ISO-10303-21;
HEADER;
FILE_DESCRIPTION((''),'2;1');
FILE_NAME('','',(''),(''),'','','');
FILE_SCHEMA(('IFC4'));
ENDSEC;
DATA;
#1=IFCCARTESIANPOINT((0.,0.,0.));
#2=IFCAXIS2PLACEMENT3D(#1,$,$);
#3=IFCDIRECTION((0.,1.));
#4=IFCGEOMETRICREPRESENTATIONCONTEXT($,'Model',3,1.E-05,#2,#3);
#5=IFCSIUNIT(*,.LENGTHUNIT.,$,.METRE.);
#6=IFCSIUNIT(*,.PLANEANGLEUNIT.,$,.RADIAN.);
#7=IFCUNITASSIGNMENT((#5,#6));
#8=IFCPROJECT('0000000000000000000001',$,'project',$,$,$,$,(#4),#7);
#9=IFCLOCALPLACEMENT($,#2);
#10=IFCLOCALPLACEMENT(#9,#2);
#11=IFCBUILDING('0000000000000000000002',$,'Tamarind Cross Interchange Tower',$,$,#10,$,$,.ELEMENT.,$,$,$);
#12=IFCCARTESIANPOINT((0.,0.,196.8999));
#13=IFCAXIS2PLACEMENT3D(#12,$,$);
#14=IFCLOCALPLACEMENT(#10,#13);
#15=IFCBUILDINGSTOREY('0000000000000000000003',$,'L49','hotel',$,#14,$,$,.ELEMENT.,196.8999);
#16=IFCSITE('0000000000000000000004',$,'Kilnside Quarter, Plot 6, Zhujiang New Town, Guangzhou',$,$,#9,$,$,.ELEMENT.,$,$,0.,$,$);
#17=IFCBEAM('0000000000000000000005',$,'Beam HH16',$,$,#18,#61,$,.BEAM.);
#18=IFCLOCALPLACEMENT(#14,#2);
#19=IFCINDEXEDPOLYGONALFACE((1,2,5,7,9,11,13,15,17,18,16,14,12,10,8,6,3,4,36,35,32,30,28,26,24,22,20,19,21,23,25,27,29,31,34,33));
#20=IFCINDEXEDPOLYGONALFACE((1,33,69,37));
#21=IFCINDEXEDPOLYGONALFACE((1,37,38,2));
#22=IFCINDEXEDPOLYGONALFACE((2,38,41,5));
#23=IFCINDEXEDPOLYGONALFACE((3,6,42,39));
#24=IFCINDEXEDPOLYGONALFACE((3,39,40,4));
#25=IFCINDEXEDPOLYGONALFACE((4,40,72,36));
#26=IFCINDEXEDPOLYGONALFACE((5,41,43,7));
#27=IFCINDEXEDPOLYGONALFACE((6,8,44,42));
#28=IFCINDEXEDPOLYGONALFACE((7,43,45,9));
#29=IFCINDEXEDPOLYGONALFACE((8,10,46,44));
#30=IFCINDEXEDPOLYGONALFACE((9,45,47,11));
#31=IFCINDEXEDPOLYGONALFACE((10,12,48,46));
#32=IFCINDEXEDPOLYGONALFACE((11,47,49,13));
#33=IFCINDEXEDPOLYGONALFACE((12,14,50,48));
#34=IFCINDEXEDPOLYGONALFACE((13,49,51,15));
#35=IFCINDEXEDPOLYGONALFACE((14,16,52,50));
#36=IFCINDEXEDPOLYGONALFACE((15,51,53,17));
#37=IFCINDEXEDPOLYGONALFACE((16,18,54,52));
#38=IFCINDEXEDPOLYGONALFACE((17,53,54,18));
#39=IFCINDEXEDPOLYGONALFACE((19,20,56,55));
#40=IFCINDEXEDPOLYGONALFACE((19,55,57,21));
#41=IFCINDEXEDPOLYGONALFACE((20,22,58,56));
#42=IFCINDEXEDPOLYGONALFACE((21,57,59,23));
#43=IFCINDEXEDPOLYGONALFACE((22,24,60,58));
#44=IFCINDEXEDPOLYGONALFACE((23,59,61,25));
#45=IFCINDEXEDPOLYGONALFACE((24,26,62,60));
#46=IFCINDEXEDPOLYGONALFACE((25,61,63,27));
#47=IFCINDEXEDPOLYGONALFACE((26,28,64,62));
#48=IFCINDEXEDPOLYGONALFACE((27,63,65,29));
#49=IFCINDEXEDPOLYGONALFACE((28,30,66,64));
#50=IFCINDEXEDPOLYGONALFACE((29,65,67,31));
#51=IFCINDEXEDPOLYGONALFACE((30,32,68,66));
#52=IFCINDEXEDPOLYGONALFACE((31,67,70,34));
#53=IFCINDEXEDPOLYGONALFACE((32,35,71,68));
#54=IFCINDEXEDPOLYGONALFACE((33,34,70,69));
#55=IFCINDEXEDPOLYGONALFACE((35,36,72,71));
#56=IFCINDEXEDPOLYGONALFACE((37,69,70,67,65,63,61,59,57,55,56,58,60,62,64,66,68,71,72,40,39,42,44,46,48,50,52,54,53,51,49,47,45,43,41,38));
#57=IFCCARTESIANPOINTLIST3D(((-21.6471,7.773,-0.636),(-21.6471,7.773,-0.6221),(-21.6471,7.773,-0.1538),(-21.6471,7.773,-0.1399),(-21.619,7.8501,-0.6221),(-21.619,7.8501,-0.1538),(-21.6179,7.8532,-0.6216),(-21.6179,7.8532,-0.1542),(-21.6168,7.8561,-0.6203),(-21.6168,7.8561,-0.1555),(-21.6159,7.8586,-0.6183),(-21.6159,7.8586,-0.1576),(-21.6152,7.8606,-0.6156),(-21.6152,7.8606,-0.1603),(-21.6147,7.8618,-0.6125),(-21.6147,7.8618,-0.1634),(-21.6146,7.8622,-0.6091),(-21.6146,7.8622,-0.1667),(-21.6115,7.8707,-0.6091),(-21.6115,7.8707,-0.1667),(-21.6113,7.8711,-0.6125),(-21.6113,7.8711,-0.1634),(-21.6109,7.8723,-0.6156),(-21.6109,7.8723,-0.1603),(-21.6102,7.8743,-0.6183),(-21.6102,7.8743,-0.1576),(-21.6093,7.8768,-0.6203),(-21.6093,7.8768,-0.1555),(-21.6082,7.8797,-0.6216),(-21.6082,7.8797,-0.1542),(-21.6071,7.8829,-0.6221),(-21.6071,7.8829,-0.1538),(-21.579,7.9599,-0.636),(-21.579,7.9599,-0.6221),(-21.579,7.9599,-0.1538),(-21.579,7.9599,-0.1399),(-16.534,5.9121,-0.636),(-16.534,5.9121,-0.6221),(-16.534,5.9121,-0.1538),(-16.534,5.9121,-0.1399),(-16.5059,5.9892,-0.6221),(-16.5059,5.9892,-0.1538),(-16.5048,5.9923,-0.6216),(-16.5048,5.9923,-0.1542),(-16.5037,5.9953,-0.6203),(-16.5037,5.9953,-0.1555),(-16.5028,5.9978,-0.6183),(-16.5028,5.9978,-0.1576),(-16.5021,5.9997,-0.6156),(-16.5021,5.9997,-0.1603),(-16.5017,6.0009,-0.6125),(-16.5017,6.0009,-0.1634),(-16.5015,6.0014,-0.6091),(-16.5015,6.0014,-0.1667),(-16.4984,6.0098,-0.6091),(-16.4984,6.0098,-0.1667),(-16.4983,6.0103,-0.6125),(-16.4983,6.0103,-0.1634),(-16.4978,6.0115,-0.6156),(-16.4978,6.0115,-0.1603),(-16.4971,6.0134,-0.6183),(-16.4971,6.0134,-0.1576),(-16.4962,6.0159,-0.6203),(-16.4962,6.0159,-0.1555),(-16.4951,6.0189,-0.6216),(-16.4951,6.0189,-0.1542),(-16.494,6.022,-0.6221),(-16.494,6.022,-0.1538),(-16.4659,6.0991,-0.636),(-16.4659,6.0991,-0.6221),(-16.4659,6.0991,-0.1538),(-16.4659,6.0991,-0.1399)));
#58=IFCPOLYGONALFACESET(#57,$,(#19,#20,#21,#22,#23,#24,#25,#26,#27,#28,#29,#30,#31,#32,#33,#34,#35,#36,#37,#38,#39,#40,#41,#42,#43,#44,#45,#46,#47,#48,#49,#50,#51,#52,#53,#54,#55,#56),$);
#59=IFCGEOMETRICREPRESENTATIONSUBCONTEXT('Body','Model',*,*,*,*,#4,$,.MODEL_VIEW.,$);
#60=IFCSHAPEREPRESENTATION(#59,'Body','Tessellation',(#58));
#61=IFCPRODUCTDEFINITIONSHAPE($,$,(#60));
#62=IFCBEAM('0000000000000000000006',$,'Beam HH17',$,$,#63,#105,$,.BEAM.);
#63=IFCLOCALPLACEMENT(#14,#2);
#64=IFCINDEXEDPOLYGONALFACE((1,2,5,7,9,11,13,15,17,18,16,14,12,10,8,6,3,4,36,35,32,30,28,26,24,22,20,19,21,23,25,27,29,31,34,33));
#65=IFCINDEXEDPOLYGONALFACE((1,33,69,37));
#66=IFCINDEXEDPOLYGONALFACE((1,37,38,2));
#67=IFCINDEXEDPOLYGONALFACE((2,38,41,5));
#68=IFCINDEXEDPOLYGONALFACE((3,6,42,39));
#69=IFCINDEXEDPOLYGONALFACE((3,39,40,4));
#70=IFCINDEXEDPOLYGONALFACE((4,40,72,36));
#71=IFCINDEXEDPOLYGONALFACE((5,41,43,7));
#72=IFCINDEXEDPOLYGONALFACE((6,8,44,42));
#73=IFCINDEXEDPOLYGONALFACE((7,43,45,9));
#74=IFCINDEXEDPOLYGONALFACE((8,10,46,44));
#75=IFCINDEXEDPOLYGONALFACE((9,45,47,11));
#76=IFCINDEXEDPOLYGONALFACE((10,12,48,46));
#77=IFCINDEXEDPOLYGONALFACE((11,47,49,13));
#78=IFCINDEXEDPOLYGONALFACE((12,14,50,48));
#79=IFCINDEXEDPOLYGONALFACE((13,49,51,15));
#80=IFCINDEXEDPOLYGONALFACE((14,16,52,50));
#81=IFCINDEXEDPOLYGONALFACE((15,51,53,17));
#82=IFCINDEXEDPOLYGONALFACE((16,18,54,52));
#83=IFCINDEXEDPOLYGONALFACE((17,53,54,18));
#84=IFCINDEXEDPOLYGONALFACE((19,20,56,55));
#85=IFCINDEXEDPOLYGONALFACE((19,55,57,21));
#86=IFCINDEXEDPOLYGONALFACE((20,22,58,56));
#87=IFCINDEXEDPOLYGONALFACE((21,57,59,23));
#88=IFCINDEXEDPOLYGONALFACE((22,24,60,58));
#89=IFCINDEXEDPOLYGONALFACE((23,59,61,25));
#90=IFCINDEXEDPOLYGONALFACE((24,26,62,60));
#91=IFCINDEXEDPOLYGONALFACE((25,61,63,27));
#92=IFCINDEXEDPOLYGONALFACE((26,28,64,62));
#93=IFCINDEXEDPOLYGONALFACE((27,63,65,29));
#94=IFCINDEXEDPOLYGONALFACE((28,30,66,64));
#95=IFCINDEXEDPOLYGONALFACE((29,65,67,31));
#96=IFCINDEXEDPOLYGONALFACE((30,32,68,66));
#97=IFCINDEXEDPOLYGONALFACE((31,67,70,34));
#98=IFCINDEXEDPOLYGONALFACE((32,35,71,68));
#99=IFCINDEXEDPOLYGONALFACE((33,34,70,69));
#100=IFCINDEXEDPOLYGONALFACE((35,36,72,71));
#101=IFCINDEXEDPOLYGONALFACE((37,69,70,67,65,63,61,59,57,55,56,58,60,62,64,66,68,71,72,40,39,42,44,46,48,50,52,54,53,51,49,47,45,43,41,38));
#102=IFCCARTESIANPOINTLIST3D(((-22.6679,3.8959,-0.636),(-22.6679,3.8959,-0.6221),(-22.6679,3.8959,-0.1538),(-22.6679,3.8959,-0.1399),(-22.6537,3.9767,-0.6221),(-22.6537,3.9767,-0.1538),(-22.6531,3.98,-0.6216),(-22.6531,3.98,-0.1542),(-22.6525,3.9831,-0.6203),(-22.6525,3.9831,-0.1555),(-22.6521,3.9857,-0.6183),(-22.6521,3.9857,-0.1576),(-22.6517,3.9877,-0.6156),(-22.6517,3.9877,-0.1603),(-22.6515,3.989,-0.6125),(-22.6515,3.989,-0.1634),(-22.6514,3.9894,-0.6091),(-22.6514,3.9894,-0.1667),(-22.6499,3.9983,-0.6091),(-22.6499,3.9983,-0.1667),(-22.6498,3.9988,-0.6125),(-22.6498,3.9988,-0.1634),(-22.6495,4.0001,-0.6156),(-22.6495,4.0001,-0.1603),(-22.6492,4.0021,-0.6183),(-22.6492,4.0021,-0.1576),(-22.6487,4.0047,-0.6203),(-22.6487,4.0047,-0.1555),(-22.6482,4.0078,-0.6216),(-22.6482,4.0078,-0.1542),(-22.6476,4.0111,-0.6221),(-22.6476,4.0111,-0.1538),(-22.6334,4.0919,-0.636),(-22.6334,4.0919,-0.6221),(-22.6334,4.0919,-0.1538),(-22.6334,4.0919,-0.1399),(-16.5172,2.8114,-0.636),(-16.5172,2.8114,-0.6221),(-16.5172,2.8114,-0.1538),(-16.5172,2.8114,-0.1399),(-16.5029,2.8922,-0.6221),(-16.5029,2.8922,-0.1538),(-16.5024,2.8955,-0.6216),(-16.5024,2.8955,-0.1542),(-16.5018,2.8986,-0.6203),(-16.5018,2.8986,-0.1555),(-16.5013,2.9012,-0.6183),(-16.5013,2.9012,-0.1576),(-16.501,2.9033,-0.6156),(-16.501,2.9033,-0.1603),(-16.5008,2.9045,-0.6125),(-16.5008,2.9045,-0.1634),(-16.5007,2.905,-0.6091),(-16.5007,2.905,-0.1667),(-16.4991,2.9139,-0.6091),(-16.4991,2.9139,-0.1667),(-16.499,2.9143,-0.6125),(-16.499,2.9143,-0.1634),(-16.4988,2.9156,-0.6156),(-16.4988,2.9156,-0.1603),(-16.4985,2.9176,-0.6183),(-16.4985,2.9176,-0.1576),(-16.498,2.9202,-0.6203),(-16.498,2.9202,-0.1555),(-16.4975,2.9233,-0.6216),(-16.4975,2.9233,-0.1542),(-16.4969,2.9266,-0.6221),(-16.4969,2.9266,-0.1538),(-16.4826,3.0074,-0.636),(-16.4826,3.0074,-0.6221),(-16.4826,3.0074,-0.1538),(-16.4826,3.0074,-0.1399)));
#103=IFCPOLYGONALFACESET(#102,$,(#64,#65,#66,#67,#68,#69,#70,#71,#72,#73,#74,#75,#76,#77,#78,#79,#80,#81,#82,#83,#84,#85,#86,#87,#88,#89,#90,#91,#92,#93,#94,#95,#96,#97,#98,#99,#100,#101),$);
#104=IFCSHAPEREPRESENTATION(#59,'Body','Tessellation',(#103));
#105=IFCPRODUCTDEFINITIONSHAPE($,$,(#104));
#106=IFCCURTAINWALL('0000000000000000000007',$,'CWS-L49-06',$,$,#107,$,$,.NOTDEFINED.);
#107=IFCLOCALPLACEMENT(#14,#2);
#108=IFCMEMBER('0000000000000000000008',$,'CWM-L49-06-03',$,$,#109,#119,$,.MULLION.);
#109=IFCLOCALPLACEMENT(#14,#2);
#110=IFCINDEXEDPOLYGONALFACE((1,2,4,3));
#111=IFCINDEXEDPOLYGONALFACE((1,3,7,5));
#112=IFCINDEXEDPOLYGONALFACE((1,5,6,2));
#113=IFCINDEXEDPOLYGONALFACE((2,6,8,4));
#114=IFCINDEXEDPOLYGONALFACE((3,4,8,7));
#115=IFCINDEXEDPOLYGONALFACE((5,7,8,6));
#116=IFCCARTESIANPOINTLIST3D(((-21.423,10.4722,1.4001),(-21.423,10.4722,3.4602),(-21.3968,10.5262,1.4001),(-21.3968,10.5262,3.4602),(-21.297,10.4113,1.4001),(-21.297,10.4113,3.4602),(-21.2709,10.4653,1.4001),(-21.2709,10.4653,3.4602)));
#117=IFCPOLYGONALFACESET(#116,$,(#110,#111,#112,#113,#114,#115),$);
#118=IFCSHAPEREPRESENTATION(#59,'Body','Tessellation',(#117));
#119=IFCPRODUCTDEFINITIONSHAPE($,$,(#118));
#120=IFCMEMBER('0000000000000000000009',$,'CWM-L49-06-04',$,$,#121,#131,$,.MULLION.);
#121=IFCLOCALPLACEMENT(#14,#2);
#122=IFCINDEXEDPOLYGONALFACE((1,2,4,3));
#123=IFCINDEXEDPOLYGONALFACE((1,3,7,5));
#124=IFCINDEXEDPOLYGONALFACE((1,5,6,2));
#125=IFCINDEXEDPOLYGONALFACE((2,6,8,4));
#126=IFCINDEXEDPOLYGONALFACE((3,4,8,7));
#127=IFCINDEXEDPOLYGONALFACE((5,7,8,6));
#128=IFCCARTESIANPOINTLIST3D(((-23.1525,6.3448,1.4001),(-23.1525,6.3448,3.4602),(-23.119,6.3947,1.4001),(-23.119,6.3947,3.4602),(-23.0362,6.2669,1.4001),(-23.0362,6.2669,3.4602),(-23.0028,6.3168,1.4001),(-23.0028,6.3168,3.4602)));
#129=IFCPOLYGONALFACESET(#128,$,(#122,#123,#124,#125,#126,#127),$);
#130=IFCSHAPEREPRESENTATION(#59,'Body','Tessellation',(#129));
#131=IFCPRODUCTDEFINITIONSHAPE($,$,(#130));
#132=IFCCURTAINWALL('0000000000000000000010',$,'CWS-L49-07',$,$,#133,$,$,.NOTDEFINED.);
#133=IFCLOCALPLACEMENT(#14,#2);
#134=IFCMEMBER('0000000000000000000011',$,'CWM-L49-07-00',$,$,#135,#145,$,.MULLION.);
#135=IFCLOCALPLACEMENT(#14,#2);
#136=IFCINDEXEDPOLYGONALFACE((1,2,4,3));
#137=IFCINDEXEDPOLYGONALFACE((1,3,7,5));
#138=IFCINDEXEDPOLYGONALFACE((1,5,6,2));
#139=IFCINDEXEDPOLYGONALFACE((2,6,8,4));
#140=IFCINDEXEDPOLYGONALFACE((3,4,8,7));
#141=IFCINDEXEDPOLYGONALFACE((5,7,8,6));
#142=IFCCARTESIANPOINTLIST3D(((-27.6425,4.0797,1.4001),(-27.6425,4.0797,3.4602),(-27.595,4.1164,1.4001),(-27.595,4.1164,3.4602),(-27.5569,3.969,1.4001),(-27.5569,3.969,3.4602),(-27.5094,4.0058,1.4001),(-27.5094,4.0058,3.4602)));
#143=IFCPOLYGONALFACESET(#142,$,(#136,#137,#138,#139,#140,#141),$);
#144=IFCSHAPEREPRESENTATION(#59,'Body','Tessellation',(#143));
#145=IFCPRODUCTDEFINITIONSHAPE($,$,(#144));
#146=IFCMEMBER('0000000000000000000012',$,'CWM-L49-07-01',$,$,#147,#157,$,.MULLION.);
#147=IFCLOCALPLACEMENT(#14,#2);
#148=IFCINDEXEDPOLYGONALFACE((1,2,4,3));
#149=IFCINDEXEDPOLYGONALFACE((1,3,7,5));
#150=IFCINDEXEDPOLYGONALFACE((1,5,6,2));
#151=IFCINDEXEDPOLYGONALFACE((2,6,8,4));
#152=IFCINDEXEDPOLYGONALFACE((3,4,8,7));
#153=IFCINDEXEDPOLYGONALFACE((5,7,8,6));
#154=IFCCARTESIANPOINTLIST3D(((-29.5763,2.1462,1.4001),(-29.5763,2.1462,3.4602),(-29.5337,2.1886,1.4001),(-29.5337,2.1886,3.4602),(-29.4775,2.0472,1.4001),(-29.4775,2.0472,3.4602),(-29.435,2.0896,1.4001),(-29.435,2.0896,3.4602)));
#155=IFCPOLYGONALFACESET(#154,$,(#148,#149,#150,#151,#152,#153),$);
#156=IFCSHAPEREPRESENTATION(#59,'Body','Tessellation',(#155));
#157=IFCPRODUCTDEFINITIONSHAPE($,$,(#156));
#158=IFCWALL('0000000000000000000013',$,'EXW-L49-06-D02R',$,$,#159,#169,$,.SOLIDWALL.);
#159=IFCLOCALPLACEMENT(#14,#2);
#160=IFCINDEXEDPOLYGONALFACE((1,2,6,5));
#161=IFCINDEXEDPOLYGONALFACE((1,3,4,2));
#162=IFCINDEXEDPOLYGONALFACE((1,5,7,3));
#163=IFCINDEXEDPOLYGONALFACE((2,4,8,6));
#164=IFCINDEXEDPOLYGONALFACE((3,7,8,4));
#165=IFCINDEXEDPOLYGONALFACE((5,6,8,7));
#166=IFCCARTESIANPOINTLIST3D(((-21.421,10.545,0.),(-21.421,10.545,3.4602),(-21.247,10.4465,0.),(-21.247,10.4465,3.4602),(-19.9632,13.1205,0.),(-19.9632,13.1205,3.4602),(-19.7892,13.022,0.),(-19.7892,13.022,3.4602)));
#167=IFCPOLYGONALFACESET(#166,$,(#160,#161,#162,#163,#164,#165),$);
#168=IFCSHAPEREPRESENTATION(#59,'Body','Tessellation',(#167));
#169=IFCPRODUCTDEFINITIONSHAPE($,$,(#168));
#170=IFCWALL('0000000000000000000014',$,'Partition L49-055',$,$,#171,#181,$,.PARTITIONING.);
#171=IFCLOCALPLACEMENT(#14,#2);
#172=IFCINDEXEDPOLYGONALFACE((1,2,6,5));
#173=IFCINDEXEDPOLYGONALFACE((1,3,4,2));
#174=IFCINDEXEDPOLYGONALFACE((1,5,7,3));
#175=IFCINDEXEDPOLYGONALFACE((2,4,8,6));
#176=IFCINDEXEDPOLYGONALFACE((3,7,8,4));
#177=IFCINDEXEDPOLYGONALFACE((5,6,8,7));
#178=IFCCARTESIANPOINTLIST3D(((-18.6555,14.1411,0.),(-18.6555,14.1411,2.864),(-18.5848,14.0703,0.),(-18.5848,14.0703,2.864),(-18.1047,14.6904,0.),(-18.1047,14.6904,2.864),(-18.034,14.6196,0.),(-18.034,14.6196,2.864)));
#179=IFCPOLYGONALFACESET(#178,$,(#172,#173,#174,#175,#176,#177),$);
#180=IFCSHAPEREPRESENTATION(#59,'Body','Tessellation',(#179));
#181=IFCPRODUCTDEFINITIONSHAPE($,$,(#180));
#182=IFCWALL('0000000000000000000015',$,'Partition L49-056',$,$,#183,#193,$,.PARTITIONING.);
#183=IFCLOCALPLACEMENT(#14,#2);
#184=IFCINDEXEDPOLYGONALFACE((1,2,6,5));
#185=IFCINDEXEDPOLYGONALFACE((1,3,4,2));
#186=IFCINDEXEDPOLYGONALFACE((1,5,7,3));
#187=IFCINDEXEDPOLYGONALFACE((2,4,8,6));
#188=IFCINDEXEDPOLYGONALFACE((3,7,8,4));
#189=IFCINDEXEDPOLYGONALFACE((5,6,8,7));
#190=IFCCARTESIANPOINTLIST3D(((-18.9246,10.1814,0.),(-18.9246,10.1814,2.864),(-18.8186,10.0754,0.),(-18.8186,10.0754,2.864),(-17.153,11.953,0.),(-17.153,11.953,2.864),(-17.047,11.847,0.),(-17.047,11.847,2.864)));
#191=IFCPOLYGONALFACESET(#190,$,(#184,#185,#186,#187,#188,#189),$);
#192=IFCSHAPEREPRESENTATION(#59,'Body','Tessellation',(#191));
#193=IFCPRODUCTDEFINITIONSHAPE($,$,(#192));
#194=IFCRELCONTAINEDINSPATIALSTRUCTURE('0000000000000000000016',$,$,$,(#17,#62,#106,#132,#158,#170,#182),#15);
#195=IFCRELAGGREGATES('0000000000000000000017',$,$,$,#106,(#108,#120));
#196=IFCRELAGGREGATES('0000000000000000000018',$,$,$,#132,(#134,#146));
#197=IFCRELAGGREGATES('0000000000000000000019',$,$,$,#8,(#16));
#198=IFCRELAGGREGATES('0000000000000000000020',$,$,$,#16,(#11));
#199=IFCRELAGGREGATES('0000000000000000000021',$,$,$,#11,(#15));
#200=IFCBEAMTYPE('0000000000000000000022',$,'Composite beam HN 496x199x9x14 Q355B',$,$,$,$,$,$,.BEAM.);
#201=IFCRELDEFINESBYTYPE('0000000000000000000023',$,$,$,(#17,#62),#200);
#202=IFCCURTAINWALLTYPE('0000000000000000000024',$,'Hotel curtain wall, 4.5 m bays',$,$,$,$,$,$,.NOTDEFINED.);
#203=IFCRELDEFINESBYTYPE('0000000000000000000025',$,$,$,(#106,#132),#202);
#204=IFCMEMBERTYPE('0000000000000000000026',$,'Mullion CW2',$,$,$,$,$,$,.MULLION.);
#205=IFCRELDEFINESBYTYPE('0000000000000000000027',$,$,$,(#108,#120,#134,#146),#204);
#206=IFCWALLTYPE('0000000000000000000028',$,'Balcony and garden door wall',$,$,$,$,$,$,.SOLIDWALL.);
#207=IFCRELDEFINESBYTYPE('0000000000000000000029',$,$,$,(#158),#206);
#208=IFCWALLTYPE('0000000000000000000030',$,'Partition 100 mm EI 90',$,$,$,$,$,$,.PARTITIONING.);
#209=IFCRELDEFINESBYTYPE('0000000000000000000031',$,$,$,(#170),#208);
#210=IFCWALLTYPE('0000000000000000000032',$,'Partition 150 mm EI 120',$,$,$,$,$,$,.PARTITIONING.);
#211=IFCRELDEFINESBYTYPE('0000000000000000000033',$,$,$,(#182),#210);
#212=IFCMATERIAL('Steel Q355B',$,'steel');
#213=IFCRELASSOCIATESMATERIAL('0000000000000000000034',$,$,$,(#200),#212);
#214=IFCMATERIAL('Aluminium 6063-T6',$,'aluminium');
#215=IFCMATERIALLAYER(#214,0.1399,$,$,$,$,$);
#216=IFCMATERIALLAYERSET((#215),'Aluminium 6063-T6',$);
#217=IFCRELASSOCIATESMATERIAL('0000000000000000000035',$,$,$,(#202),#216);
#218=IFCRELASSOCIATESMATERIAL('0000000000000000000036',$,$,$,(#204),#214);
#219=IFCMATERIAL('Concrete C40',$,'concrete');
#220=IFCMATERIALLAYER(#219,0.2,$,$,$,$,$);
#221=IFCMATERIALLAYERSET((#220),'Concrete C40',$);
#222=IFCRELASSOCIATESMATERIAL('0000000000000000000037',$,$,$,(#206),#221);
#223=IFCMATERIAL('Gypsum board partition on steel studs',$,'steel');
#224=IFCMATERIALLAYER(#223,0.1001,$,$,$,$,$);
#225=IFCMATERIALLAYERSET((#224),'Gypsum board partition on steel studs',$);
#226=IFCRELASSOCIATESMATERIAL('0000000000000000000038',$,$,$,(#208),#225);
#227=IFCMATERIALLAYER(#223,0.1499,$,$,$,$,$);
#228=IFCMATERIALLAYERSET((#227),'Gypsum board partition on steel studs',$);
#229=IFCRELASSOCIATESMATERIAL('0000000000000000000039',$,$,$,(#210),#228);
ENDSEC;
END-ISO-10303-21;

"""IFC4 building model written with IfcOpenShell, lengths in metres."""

from ifc_helpers import new_model, si_unit, direction, frame, frame_2d, origin, origin_2d, place, context, subcontext, project, spatial, rectangle, i_section, extrude, material, layer, layer_set, material_profile, profile_set, type_object, element, aggregate, save


model = new_model("IFC4")

# Units and contexts
model_context = context("Model", 3, precision=1e-05, world=origin(), true_north=direction((0.0, 1.0)))
body_context = subcontext(model_context, "Body", "Model", "MODEL_VIEW")
ifc_project = project(units=[si_unit("LENGTHUNIT", "METRE"), si_unit("PLANEANGLEUNIT", "RADIAN")], contexts=[model_context])

# Site, building, storey
site_placement = place(None, origin())
site = spatial("IfcSite", under=ifc_project, at=site_placement, Name="Kilnside Quarter, Plot 6, Zhujiang New Town, Guangzhou", CompositionType="ELEMENT", RefElevation=0.0)
building_placement = place(site_placement, origin())
building = spatial("IfcBuilding", under=site, at=building_placement, Name="Tamarind Cross Interchange Tower", CompositionType="ELEMENT")
storey_placement = place(building_placement, frame((0.0, 0.0, 196.8999)))
storey = spatial("IfcBuildingStorey", under=building, at=storey_placement, Name="L49", Description="hotel", CompositionType="ELEMENT", Elevation=196.8999)

# Beams
ifc_material_1 = material(Name="Steel Q355B", Category="steel")
ifc_material_profile_1 = material_profile(ifc_material_1, i_section(OverallWidth=0.199, OverallDepth=0.4961, WebThickness=0.009, FlangeThickness=0.0139, FilletRadius=0.0129, at=origin_2d()), Name="HN 496x199x9x14")
ifc_profile_set_1 = profile_set([ifc_material_profile_1], Name="Steel Q355B")
beam_type = type_object("IfcBeamType", Name="Composite beam HN 496x199x9x14 Q355B", PredefinedType="BEAM", material=ifc_profile_set_1)
beam_1_placement = place(storey_placement, frame((-21.613, 7.8665, -0.3879), z_axis=(0.939702, -0.341995, 0.0), x_axis=(0.341995, 0.939702, 0.0)))
element("IfcBeam", 1, at=beam_1_placement, inside=storey, type_object=beam_type, Name="Beam HH16", PredefinedType="BEAM", context=body_context, shape_type="SweptSolid", body=[
    extrude(i_section(OverallWidth=0.199, OverallDepth=0.4961, WebThickness=0.009, FlangeThickness=0.0139, FilletRadius=0.0129, at=origin_2d()), origin(), (0.0, 0.0, 1.0), 5.4412),
])
beam_2_placement = place(storey_placement, frame((-22.6506, 3.9939, -0.3879), z_axis=(0.984809, -0.17364, 0.0), x_axis=(0.17364, 0.984809, 0.0)))
element("IfcBeam", 2, at=beam_2_placement, inside=storey, type_object=beam_type, Name="Beam HH17", PredefinedType="BEAM", context=body_context, shape_type="SweptSolid", body=[
    extrude(i_section(OverallWidth=0.199, OverallDepth=0.4961, WebThickness=0.009, FlangeThickness=0.0139, FilletRadius=0.0129, at=origin_2d()), origin(), (0.0, 0.0, 1.0), 6.2456),
])

# Curtain walls, members
ifc_material_2 = material(Name="Aluminium 6063-T6", Category="aluminium")
ifc_layer_1 = layer(ifc_material_2, 0.1399)
ifc_layer_set_1 = layer_set([ifc_layer_1], Name="Aluminium 6063-T6")
curtain_wall_type = type_object("IfcCurtainWallType", Name="Hotel curtain wall, 4.5 m bays", PredefinedType="NOTDEFINED", material=ifc_layer_set_1)
curtain_wall_1_placement = place(storey_placement, origin())
curtain_wall_1 = element("IfcCurtainWall", 3, at=curtain_wall_1_placement, inside=storey, type_object=curtain_wall_type, Name="CWS-L49-06", PredefinedType="NOTDEFINED")
ifc_material_profile_2 = material_profile(ifc_material_2, rectangle(XDim=0.0601, YDim=0.1399, at=origin_2d()), Name="Mullion CW2")
ifc_profile_set_2 = profile_set([ifc_material_profile_2], Name="Aluminium 6063-T6")
member_type = type_object("IfcMemberType", Name="Mullion CW2", PredefinedType="MULLION", material=ifc_profile_set_2)
member_1_placement = place(storey_placement, frame((-21.3469, 10.4688, 1.4001), z_axis=(0.0, 0.0, 1.0), x_axis=(-0.435326, -0.900273, 0.0)))
member_1 = element("IfcMember", 4, at=member_1_placement, type_object=member_type, Name="CWM-L49-06-03", PredefinedType="MULLION", context=body_context, shape_type="SweptSolid", body=[
    extrude(rectangle(XDim=0.0601, YDim=0.1399, at=origin_2d()), origin(), (0.0, 0.0, 1.0), 2.0601),
])
member_2_placement = place(storey_placement, frame((-23.0776, 6.3308, 1.4001), z_axis=(0.0, 0.0, 1.0), x_axis=(-0.556702, -0.830712, 0.0)))
member_2 = element("IfcMember", 5, at=member_2_placement, type_object=member_type, Name="CWM-L49-06-04", PredefinedType="MULLION", context=body_context, shape_type="SweptSolid", body=[
    extrude(rectangle(XDim=0.0601, YDim=0.1399, at=origin_2d()), origin(), (0.0, 0.0, 1.0), 2.0601),
])
aggregate(curtain_wall_1, [member_1, member_2])
curtain_wall_2_placement = place(storey_placement, origin())
curtain_wall_2 = element("IfcCurtainWall", 6, at=curtain_wall_2_placement, inside=storey, type_object=curtain_wall_type, Name="CWS-L49-07", PredefinedType="NOTDEFINED")
member_3_placement = place(storey_placement, frame((-27.5759, 4.0427, 1.4001), z_axis=(0.0, 0.0, 1.0), x_axis=(-0.791143, -0.611631, 0.0)))
member_3 = element("IfcMember", 7, at=member_3_placement, type_object=member_type, Name="CWM-L49-07-00", PredefinedType="MULLION", context=body_context, shape_type="SweptSolid", body=[
    extrude(rectangle(XDim=0.0601, YDim=0.1399, at=origin_2d()), origin(), (0.0, 0.0, 1.0), 2.0601),
])
member_4_placement = place(storey_placement, frame((-29.5056, 2.1179, 1.4001), z_axis=(0.0, 0.0, 1.0), x_axis=(-0.708015, -0.706198, 0.0)))
member_4 = element("IfcMember", 8, at=member_4_placement, type_object=member_type, Name="CWM-L49-07-01", PredefinedType="MULLION", context=body_context, shape_type="SweptSolid", body=[
    extrude(rectangle(XDim=0.0601, YDim=0.1399, at=origin_2d()), origin(), (0.0, 0.0, 1.0), 2.0601),
])
aggregate(curtain_wall_2, [member_3, member_4])

# Wall
ifc_material_3 = material(Name="Concrete C40", Category="concrete")
ifc_layer_2 = layer(ifc_material_3, 0.2)
ifc_layer_set_2 = layer_set([ifc_layer_2], Name="Concrete C40")
wall_type_1 = type_object("IfcWallType", Name="Balcony and garden door wall", PredefinedType="SOLIDWALL", material=ifc_layer_set_2)
wall_1_placement = place(storey_placement, frame((-19.8762, 13.0713, 0.0), z_axis=(0.0, 0.0, 1.0), x_axis=(-0.49259, -0.870262, 0.0)))
element("IfcWall", 9, at=wall_1_placement, inside=storey, type_object=wall_type_1, Name="EXW-L49-06-D02R", PredefinedType="SOLIDWALL", context=body_context, shape_type="SweptSolid", body=[
    extrude(rectangle(XDim=2.9595, YDim=0.2, at=frame_2d((1.4797, 0.0))), origin(), (0.0, 0.0, 1.0), 3.4602),
])

# Walls
ifc_material_4 = material(Name="Gypsum board partition on steel studs", Category="steel")
ifc_layer_3 = layer(ifc_material_4, 0.1001)
ifc_layer_set_3 = layer_set([ifc_layer_3], Name="Gypsum board partition on steel studs")
wall_type_2 = type_object("IfcWallType", Name="Partition 100 mm EI 90", PredefinedType="PARTITIONING", material=ifc_layer_set_3)
wall_2_placement = place(storey_placement, frame((-18.6201, 14.1057, 0.0), z_axis=(0.0, 0.0, 1.0), x_axis=(0.708048, 0.706165, 0.0)))
element("IfcWall", 10, at=wall_2_placement, inside=storey, type_object=wall_type_2, Name="Partition L49-055", PredefinedType="PARTITIONING", context=body_context, shape_type="SweptSolid", body=[
    extrude(rectangle(XDim=0.7778, YDim=0.1001, at=frame_2d((0.3889, 0.0))), origin(), (0.0, 0.0, 1.0), 2.864),
])
ifc_layer_4 = layer(ifc_material_4, 0.1499)
ifc_layer_set_4 = layer_set([ifc_layer_4], Name="Gypsum board partition on steel studs")
wall_type_3 = type_object("IfcWallType", Name="Partition 150 mm EI 120", PredefinedType="PARTITIONING", material=ifc_layer_set_4)
wall_3_placement = place(storey_placement, frame((-18.8716, 10.1284, 0.0), z_axis=(0.0, 0.0, 1.0), x_axis=(0.707107, 0.707107, 0.0)))
element("IfcWall", 11, at=wall_3_placement, inside=storey, type_object=wall_type_3, Name="Partition L49-056", PredefinedType="PARTITIONING", context=body_context, shape_type="SweptSolid", body=[
    extrude(rectangle(XDim=2.5054, YDim=0.1499, at=frame_2d((1.2527, 0.0))), origin(), (0.0, 0.0, 1.0), 2.864),
])

save(model, "model.ifc")
